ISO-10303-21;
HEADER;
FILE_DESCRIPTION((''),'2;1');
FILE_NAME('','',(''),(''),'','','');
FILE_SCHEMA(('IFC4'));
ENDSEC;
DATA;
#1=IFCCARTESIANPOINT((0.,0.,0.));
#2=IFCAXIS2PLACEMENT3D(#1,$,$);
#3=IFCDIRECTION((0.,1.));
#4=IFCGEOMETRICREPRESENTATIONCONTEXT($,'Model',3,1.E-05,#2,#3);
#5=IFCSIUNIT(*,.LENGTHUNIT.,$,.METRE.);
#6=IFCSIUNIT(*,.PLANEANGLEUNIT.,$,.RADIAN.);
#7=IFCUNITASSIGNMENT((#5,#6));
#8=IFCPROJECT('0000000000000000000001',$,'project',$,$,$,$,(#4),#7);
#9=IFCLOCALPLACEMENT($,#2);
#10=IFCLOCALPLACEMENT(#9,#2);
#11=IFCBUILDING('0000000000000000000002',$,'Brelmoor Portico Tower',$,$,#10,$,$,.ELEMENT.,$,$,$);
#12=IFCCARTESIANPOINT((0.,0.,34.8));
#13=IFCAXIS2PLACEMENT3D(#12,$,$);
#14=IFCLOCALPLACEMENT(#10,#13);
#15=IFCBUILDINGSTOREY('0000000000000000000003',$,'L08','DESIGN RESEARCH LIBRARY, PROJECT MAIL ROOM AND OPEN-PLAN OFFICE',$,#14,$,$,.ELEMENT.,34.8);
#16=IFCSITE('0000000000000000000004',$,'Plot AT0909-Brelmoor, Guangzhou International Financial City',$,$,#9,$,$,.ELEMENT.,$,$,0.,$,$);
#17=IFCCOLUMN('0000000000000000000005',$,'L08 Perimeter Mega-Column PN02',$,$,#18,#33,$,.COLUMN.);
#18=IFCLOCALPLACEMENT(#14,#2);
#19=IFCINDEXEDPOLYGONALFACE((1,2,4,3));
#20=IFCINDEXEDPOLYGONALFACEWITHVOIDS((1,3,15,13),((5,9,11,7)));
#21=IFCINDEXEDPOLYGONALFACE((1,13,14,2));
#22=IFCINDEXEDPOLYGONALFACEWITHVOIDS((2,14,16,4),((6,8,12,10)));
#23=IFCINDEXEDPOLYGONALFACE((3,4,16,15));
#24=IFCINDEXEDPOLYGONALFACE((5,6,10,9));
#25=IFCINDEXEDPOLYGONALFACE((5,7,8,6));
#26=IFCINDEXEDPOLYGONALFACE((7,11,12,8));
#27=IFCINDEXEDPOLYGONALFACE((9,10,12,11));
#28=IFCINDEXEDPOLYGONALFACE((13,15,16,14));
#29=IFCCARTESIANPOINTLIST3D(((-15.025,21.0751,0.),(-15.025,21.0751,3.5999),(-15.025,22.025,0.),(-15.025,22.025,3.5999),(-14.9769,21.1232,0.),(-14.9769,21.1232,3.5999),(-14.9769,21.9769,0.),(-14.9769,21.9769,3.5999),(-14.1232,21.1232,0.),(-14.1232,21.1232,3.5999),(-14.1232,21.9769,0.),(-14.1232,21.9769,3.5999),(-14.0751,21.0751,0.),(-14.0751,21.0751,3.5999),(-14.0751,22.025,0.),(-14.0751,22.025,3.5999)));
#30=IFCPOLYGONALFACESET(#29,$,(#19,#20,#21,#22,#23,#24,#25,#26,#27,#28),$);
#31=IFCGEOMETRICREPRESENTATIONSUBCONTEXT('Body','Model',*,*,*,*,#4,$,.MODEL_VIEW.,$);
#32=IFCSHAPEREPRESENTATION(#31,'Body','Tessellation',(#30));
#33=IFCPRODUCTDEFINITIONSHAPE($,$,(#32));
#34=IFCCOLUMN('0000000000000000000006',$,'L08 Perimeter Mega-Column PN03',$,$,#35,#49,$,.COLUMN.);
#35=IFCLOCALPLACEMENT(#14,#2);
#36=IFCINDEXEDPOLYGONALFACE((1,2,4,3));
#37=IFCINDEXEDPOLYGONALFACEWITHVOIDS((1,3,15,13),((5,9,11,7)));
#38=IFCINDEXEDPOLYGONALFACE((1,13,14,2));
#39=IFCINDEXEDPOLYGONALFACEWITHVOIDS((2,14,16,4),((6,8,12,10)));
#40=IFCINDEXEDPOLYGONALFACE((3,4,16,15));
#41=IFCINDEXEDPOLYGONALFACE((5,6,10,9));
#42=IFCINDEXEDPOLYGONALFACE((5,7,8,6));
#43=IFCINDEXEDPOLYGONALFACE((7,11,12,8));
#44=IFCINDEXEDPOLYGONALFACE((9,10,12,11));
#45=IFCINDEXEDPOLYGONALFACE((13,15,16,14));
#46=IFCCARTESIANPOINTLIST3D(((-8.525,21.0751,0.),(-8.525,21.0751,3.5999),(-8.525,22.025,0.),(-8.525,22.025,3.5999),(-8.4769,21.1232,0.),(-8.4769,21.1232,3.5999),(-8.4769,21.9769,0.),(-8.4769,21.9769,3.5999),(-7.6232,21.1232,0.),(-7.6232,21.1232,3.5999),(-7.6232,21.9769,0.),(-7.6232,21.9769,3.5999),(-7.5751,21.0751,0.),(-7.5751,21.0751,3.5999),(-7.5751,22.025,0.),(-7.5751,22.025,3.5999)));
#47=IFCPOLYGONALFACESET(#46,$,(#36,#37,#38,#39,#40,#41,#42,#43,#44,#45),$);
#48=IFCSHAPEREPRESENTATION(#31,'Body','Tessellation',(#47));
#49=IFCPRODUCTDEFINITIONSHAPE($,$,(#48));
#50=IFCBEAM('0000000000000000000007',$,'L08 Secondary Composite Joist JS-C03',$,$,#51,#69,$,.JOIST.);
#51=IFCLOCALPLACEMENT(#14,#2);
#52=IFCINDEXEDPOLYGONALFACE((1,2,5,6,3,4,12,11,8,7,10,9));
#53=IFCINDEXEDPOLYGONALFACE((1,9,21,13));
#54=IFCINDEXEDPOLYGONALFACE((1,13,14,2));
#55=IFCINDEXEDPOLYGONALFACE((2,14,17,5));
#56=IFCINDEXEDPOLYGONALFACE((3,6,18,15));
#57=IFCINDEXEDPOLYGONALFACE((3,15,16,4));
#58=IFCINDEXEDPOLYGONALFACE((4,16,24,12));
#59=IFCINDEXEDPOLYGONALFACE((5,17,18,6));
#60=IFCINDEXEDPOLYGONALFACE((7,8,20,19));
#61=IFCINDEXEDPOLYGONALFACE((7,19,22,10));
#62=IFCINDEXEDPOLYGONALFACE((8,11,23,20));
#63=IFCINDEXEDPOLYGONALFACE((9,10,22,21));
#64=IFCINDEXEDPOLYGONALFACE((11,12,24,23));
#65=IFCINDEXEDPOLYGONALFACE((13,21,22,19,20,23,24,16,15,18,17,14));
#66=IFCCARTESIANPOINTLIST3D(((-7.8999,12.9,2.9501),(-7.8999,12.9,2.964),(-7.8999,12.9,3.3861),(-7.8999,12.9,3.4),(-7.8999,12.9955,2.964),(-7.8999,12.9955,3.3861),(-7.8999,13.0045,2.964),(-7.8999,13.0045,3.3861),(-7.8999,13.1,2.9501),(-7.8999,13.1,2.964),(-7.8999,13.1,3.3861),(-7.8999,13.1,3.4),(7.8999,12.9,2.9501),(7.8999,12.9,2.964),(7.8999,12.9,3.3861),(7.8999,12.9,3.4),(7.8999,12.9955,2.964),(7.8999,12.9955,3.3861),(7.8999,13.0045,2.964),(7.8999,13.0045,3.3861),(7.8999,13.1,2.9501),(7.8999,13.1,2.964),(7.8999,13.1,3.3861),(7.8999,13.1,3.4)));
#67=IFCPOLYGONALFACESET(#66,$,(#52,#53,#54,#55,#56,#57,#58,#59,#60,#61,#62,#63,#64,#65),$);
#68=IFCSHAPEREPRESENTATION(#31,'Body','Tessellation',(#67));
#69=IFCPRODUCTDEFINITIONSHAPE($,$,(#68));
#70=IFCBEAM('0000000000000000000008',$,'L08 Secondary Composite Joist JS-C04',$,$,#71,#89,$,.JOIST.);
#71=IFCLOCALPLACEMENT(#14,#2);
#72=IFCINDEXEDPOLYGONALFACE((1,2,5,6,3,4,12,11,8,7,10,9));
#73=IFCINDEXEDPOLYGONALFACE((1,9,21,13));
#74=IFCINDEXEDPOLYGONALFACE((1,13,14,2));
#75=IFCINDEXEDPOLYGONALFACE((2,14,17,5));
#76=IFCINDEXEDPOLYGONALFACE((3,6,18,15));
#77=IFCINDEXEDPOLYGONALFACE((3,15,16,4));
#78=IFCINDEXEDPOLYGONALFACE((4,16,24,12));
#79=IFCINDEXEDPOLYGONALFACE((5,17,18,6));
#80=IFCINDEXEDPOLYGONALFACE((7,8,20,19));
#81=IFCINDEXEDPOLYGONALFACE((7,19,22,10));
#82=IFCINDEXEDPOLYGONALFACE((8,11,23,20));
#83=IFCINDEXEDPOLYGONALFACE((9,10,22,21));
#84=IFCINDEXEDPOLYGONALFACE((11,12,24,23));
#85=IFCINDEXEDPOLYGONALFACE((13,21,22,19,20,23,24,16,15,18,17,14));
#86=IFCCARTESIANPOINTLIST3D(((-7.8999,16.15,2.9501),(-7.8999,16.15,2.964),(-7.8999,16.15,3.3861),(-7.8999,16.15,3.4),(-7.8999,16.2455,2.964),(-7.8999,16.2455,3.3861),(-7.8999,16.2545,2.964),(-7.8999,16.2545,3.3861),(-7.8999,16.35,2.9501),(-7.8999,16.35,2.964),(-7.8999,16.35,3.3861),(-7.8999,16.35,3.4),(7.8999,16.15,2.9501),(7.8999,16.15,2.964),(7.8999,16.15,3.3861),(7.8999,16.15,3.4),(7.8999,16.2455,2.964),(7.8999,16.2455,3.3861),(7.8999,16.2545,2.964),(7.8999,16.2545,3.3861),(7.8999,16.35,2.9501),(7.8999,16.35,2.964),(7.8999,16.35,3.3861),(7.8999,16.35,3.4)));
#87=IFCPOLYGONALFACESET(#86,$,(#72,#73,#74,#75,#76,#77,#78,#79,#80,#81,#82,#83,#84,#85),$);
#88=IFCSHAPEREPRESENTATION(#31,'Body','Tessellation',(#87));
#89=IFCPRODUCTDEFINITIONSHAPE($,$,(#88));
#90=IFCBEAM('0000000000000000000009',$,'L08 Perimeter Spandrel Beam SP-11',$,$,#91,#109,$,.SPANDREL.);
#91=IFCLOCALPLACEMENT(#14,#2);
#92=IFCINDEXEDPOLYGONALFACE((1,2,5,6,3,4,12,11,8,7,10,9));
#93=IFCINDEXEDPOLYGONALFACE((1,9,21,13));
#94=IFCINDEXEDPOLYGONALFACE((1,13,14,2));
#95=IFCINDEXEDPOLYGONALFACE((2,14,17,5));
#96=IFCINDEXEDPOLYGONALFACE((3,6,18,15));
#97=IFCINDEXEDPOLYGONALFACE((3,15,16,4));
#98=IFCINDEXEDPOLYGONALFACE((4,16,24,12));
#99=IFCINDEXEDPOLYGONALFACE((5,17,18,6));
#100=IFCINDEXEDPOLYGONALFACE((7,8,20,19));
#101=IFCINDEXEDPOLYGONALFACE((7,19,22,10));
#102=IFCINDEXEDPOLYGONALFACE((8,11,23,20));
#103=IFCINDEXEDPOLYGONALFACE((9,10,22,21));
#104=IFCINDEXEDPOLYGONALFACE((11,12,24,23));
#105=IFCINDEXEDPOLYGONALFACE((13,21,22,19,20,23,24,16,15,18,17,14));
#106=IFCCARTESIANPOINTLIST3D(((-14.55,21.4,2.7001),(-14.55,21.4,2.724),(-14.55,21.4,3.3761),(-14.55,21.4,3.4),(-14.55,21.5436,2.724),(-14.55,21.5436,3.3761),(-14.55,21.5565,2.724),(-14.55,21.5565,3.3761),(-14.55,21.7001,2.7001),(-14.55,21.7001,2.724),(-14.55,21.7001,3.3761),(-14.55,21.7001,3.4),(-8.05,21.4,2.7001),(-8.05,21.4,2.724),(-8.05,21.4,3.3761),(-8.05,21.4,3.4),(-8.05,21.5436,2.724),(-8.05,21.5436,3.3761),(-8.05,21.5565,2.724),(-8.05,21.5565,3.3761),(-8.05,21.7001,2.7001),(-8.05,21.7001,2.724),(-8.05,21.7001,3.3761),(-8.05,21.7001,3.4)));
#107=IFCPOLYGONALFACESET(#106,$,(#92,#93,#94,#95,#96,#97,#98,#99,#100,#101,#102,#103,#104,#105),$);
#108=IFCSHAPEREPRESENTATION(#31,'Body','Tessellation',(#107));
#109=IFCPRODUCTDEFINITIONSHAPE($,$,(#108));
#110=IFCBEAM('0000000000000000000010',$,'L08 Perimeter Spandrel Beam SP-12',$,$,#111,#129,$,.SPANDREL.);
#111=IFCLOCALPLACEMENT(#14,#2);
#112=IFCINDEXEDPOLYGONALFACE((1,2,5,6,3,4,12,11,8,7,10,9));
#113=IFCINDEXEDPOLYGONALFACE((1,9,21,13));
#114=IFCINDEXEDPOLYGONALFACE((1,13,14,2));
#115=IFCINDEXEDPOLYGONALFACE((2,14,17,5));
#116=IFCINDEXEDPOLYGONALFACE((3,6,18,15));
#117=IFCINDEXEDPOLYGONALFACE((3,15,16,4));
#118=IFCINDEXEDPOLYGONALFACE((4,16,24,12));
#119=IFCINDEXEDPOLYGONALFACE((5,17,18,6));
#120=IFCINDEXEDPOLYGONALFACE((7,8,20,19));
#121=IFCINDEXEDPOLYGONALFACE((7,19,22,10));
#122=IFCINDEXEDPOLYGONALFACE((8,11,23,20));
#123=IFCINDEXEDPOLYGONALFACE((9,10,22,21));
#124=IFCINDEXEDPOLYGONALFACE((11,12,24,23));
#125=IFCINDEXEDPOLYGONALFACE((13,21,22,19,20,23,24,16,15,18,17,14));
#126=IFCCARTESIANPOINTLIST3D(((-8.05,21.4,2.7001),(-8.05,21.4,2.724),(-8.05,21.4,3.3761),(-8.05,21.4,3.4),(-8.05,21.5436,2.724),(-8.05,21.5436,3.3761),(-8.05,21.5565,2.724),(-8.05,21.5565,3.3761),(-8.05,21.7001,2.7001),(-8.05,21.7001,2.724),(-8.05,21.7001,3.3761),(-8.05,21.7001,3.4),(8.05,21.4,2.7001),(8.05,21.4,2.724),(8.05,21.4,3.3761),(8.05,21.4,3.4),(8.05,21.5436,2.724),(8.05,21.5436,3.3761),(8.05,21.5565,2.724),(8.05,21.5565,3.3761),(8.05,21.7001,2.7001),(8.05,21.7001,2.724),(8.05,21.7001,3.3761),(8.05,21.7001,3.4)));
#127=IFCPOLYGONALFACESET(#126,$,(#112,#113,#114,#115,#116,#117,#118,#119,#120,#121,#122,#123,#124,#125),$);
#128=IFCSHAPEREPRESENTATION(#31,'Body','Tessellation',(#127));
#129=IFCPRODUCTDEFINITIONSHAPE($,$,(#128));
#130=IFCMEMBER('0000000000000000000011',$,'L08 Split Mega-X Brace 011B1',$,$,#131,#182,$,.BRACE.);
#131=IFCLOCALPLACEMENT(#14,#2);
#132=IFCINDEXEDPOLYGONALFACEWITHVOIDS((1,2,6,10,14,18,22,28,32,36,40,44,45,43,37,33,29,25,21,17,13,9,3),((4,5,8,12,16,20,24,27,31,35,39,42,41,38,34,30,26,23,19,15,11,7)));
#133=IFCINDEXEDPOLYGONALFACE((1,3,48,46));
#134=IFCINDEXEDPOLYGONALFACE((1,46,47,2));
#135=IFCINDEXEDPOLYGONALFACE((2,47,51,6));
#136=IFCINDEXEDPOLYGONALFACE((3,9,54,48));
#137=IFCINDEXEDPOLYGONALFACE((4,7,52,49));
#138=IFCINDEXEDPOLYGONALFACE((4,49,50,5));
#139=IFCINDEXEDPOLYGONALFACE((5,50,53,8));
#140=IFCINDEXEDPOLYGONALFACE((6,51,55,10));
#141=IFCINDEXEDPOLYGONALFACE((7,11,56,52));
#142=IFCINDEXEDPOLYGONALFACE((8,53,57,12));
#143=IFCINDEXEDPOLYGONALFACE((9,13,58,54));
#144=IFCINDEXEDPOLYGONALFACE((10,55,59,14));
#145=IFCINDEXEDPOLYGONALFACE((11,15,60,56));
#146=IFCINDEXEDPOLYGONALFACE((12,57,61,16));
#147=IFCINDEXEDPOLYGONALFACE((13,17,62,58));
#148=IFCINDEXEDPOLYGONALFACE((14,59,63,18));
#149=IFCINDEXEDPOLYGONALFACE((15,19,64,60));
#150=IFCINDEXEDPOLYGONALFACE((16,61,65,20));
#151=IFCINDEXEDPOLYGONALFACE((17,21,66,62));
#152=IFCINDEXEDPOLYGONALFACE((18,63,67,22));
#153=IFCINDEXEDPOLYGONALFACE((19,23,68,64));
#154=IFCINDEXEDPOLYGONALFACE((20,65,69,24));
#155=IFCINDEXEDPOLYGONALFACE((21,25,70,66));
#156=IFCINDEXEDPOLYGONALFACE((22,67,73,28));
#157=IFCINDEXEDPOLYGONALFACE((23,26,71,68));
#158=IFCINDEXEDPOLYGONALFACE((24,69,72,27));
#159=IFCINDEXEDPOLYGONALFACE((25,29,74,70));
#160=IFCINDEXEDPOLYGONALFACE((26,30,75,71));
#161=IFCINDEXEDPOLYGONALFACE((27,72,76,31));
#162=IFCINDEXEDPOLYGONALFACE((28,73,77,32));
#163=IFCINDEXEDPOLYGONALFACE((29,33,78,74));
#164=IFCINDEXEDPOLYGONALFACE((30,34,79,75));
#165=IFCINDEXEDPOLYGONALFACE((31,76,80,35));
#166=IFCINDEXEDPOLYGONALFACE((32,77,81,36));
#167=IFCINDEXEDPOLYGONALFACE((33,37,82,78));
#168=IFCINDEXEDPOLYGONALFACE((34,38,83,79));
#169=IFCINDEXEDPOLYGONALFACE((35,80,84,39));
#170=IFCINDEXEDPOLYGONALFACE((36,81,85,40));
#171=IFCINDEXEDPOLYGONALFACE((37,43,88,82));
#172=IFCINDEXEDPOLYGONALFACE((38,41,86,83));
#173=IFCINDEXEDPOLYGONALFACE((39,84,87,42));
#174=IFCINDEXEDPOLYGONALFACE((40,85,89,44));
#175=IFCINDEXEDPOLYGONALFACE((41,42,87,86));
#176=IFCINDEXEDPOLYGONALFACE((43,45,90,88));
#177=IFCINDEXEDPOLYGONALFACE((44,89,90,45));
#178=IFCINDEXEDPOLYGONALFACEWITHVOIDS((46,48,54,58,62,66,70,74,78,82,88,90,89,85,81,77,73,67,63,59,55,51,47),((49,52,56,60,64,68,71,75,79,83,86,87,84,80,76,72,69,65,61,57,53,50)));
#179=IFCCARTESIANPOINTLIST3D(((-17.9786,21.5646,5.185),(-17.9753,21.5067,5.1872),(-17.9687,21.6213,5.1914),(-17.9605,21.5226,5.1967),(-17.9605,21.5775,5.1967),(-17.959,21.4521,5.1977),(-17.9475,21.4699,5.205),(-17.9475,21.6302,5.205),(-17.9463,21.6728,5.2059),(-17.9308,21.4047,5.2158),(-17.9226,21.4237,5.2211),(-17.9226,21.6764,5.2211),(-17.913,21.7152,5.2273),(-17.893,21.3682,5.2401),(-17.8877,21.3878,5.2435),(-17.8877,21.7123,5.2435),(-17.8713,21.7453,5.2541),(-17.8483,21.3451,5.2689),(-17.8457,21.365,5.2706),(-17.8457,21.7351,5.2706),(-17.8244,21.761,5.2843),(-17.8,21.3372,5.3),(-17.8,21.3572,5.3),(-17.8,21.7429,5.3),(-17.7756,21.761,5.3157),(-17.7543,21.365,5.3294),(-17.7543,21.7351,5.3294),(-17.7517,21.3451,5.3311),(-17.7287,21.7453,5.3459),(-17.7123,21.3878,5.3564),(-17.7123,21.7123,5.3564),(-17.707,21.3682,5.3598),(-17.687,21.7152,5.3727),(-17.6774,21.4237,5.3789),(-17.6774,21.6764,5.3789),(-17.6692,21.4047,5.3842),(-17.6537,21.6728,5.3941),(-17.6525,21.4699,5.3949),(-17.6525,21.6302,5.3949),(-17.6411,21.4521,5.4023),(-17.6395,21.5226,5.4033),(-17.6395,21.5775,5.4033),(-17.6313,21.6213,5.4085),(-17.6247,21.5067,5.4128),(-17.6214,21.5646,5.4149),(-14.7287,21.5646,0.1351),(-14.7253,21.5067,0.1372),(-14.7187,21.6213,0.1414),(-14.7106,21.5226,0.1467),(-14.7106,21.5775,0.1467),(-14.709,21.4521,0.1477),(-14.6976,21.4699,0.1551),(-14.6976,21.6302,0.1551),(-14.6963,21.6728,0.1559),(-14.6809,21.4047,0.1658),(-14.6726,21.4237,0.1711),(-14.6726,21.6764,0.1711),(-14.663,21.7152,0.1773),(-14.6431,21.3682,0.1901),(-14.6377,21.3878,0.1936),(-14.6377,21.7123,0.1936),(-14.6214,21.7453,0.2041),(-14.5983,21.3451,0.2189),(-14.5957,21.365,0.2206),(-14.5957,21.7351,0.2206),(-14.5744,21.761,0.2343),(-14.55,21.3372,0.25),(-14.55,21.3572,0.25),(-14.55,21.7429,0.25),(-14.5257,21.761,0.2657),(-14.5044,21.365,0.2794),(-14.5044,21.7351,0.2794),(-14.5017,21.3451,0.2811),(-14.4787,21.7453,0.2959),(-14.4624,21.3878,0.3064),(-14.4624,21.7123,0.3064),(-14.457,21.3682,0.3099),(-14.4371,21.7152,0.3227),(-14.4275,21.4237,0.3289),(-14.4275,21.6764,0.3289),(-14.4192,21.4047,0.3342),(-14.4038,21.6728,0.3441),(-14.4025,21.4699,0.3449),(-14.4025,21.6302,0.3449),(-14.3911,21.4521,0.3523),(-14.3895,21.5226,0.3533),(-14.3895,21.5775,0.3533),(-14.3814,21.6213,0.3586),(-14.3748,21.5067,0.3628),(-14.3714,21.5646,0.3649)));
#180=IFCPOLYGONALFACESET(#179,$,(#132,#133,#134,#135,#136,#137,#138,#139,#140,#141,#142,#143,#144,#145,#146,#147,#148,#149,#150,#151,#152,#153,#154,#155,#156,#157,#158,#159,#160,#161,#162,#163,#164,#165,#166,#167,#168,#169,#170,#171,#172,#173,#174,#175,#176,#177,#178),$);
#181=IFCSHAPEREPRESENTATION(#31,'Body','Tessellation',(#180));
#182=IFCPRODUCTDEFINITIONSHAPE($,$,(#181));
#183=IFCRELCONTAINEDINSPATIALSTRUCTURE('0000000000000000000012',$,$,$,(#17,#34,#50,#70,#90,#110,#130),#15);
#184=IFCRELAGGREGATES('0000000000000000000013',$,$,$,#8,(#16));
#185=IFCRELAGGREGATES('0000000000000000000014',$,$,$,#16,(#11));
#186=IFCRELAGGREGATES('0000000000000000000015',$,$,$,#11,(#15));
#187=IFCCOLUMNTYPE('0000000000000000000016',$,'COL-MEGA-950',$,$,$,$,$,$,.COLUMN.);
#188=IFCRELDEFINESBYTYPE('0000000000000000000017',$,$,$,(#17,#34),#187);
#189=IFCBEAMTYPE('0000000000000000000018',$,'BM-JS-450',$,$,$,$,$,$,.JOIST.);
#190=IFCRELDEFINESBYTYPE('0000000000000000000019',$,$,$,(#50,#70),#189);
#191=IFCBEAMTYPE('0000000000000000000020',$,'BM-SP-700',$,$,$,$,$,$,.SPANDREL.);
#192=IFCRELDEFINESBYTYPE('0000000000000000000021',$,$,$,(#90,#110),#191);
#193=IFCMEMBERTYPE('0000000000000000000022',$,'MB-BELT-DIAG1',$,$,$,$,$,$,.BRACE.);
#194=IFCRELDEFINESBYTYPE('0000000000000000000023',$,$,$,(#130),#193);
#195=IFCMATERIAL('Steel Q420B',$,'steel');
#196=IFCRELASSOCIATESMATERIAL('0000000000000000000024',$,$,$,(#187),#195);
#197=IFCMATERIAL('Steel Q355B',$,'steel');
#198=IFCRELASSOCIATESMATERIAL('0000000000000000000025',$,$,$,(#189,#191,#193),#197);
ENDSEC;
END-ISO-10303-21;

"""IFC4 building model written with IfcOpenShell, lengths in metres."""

from ifc_helpers import new_model, si_unit, direction, frame, origin, origin_2d, place, context, subcontext, project, spatial, hollow_rectangle, hollow_circle, i_section, extrude, material, material_profile, profile_set, type_object, element, save


model = new_model("IFC4")

# Units and contexts
model_context = context("Model", 3, precision=1e-05, world=origin(), true_north=direction((0.0, 1.0)))
body_context = subcontext(model_context, "Body", "Model", "MODEL_VIEW")
ifc_project = project(units=[si_unit("LENGTHUNIT", "METRE"), si_unit("PLANEANGLEUNIT", "RADIAN")], contexts=[model_context])

# Site, building, storey
site_placement = place(None, origin())
site = spatial("IfcSite", under=ifc_project, at=site_placement, Name="Plot AT0909-Brelmoor, Guangzhou International Financial City", CompositionType="ELEMENT", RefElevation=0.0)
building_placement = place(site_placement, origin())
building = spatial("IfcBuilding", under=site, at=building_placement, Name="Brelmoor Portico Tower", CompositionType="ELEMENT")
storey_placement = place(building_placement, frame((0.0, 0.0, 34.8)))
storey = spatial("IfcBuildingStorey", under=building, at=storey_placement, Name="L08", Description="DESIGN RESEARCH LIBRARY, PROJECT MAIL ROOM AND OPEN-PLAN OFFICE", CompositionType="ELEMENT", Elevation=34.8)

# Columns
ifc_material_1 = material(Name="Steel Q420B", Category="steel")
ifc_material_profile_1 = material_profile(ifc_material_1, hollow_rectangle(XDim=0.95, YDim=0.95, WallThickness=0.0481, at=origin_2d()), Name="BOX 950x950x48")
ifc_profile_set_1 = profile_set([ifc_material_profile_1], Name="Steel Q420B")
column_type = type_object("IfcColumnType", Name="COL-MEGA-950", PredefinedType="COLUMN", material=ifc_profile_set_1)
for number, where, z_axis, x_axis, name in (
    (1, (-14.55, 21.55, 0.0), (0.0, 0.0, 1.0), (1.0, 0.0, 0.0), "L08 Perimeter Mega-Column PN02"),
    (2, (-8.05, 21.55, 0.0), (0.0, 0.0, 1.0), (1.0, 0.0, 0.0), "L08 Perimeter Mega-Column PN03"),
):
    element("IfcColumn", number, at=place(storey_placement, frame(where, z_axis=z_axis, x_axis=x_axis)), inside=storey, type_object=column_type, Name=name, PredefinedType="COLUMN", context=body_context, shape_type="SweptSolid", body=[
        extrude(hollow_rectangle(XDim=0.95, YDim=0.95, WallThickness=0.0481, at=origin_2d()), origin(), (0.0, 0.0, 1.0), 3.5999),
    ])

# Beams
ifc_material_2 = material(Name="Steel Q355B", Category="steel")
ifc_material_profile_2 = material_profile(ifc_material_2, i_section(OverallWidth=0.2, OverallDepth=0.45, WebThickness=0.009, FlangeThickness=0.0139, at=origin_2d()), Name="HN 450x200x9x14")
ifc_profile_set_2 = profile_set([ifc_material_profile_2], Name="Steel Q355B")
beam_type_1 = type_object("IfcBeamType", Name="BM-JS-450", PredefinedType="JOIST", material=ifc_profile_set_2)
for number, where, z_axis, x_axis, name in (
    (3, (-7.8999, 13.0, 3.175), (1.0, 0.0, 0.0), (0.0, 1.0, 0.0), "L08 Secondary Composite Joist JS-C03"),
    (4, (-7.8999, 16.25, 3.175), (1.0, 0.0, 0.0), (0.0, 1.0, 0.0), "L08 Secondary Composite Joist JS-C04"),
):
    element("IfcBeam", number, at=place(storey_placement, frame(where, z_axis=z_axis, x_axis=x_axis)), inside=storey, type_object=beam_type_1, Name=name, PredefinedType="JOIST", context=body_context, shape_type="SweptSolid", body=[
        extrude(i_section(OverallWidth=0.2, OverallDepth=0.45, WebThickness=0.009, FlangeThickness=0.0139, at=origin_2d()), origin(), (0.0, 0.0, 1.0), 15.7998),
    ])
ifc_material_profile_3 = material_profile(ifc_material_2, i_section(OverallWidth=0.3, OverallDepth=0.7, WebThickness=0.0129, FlangeThickness=0.0239, at=origin_2d()), Name="HN 700x300x13x24")
ifc_profile_set_3 = profile_set([ifc_material_profile_3], Name="Steel Q355B")
beam_type_2 = type_object("IfcBeamType", Name="BM-SP-700", PredefinedType="SPANDREL", material=ifc_profile_set_3)
beam_1_placement = place(storey_placement, frame((-14.55, 21.55, 3.05), z_axis=(1.0, 0.0, 0.0), x_axis=(0.0, 1.0, 0.0)))
element("IfcBeam", 5, at=beam_1_placement, inside=storey, type_object=beam_type_2, Name="L08 Perimeter Spandrel Beam SP-11", PredefinedType="SPANDREL", context=body_context, shape_type="SweptSolid", body=[
    extrude(i_section(OverallWidth=0.3, OverallDepth=0.7, WebThickness=0.0129, FlangeThickness=0.0239, at=origin_2d()), origin(), (0.0, 0.0, 1.0), 6.5),
])
beam_2_placement = place(storey_placement, frame((-8.05, 21.55, 3.05), z_axis=(1.0, 0.0, 0.0), x_axis=(0.0, 1.0, 0.0)))
element("IfcBeam", 6, at=beam_2_placement, inside=storey, type_object=beam_type_2, Name="L08 Perimeter Spandrel Beam SP-12", PredefinedType="SPANDREL", context=body_context, shape_type="SweptSolid", body=[
    extrude(i_section(OverallWidth=0.3, OverallDepth=0.7, WebThickness=0.0129, FlangeThickness=0.0239, at=origin_2d()), origin(), (0.0, 0.0, 1.0), 16.1001),
])

# Member
ifc_material_profile_4 = material_profile(ifc_material_2, hollow_circle(Radius=0.2129, WallThickness=0.02, at=origin_2d()), Name="CHS 426x20")
ifc_profile_set_4 = profile_set([ifc_material_profile_4], Name="Steel Q355B")
member_type_1 = type_object("IfcMemberType", Name="MB-BELT-DIAG1", PredefinedType="BRACE", material=ifc_profile_set_4)
for number, where, z_axis, x_axis, name in (
    (7, (-14.55, 21.55, 0.25), (-0.541175, 0.0, 0.84091), (0.0, -1.0, 0.0), "L08 Split Mega-X Brace 011B1"),
):
    element("IfcMember", number, at=place(storey_placement, frame(where, z_axis=z_axis, x_axis=x_axis)), inside=storey, type_object=member_type_1, Name=name, PredefinedType="BRACE", context=body_context, shape_type="SweptSolid", body=[
        extrude(hollow_circle(Radius=0.2129, WallThickness=0.02, at=origin_2d()), origin(), (0.0, 0.0, 1.0), 6.0054),
    ])

save(model, "model.ifc")
